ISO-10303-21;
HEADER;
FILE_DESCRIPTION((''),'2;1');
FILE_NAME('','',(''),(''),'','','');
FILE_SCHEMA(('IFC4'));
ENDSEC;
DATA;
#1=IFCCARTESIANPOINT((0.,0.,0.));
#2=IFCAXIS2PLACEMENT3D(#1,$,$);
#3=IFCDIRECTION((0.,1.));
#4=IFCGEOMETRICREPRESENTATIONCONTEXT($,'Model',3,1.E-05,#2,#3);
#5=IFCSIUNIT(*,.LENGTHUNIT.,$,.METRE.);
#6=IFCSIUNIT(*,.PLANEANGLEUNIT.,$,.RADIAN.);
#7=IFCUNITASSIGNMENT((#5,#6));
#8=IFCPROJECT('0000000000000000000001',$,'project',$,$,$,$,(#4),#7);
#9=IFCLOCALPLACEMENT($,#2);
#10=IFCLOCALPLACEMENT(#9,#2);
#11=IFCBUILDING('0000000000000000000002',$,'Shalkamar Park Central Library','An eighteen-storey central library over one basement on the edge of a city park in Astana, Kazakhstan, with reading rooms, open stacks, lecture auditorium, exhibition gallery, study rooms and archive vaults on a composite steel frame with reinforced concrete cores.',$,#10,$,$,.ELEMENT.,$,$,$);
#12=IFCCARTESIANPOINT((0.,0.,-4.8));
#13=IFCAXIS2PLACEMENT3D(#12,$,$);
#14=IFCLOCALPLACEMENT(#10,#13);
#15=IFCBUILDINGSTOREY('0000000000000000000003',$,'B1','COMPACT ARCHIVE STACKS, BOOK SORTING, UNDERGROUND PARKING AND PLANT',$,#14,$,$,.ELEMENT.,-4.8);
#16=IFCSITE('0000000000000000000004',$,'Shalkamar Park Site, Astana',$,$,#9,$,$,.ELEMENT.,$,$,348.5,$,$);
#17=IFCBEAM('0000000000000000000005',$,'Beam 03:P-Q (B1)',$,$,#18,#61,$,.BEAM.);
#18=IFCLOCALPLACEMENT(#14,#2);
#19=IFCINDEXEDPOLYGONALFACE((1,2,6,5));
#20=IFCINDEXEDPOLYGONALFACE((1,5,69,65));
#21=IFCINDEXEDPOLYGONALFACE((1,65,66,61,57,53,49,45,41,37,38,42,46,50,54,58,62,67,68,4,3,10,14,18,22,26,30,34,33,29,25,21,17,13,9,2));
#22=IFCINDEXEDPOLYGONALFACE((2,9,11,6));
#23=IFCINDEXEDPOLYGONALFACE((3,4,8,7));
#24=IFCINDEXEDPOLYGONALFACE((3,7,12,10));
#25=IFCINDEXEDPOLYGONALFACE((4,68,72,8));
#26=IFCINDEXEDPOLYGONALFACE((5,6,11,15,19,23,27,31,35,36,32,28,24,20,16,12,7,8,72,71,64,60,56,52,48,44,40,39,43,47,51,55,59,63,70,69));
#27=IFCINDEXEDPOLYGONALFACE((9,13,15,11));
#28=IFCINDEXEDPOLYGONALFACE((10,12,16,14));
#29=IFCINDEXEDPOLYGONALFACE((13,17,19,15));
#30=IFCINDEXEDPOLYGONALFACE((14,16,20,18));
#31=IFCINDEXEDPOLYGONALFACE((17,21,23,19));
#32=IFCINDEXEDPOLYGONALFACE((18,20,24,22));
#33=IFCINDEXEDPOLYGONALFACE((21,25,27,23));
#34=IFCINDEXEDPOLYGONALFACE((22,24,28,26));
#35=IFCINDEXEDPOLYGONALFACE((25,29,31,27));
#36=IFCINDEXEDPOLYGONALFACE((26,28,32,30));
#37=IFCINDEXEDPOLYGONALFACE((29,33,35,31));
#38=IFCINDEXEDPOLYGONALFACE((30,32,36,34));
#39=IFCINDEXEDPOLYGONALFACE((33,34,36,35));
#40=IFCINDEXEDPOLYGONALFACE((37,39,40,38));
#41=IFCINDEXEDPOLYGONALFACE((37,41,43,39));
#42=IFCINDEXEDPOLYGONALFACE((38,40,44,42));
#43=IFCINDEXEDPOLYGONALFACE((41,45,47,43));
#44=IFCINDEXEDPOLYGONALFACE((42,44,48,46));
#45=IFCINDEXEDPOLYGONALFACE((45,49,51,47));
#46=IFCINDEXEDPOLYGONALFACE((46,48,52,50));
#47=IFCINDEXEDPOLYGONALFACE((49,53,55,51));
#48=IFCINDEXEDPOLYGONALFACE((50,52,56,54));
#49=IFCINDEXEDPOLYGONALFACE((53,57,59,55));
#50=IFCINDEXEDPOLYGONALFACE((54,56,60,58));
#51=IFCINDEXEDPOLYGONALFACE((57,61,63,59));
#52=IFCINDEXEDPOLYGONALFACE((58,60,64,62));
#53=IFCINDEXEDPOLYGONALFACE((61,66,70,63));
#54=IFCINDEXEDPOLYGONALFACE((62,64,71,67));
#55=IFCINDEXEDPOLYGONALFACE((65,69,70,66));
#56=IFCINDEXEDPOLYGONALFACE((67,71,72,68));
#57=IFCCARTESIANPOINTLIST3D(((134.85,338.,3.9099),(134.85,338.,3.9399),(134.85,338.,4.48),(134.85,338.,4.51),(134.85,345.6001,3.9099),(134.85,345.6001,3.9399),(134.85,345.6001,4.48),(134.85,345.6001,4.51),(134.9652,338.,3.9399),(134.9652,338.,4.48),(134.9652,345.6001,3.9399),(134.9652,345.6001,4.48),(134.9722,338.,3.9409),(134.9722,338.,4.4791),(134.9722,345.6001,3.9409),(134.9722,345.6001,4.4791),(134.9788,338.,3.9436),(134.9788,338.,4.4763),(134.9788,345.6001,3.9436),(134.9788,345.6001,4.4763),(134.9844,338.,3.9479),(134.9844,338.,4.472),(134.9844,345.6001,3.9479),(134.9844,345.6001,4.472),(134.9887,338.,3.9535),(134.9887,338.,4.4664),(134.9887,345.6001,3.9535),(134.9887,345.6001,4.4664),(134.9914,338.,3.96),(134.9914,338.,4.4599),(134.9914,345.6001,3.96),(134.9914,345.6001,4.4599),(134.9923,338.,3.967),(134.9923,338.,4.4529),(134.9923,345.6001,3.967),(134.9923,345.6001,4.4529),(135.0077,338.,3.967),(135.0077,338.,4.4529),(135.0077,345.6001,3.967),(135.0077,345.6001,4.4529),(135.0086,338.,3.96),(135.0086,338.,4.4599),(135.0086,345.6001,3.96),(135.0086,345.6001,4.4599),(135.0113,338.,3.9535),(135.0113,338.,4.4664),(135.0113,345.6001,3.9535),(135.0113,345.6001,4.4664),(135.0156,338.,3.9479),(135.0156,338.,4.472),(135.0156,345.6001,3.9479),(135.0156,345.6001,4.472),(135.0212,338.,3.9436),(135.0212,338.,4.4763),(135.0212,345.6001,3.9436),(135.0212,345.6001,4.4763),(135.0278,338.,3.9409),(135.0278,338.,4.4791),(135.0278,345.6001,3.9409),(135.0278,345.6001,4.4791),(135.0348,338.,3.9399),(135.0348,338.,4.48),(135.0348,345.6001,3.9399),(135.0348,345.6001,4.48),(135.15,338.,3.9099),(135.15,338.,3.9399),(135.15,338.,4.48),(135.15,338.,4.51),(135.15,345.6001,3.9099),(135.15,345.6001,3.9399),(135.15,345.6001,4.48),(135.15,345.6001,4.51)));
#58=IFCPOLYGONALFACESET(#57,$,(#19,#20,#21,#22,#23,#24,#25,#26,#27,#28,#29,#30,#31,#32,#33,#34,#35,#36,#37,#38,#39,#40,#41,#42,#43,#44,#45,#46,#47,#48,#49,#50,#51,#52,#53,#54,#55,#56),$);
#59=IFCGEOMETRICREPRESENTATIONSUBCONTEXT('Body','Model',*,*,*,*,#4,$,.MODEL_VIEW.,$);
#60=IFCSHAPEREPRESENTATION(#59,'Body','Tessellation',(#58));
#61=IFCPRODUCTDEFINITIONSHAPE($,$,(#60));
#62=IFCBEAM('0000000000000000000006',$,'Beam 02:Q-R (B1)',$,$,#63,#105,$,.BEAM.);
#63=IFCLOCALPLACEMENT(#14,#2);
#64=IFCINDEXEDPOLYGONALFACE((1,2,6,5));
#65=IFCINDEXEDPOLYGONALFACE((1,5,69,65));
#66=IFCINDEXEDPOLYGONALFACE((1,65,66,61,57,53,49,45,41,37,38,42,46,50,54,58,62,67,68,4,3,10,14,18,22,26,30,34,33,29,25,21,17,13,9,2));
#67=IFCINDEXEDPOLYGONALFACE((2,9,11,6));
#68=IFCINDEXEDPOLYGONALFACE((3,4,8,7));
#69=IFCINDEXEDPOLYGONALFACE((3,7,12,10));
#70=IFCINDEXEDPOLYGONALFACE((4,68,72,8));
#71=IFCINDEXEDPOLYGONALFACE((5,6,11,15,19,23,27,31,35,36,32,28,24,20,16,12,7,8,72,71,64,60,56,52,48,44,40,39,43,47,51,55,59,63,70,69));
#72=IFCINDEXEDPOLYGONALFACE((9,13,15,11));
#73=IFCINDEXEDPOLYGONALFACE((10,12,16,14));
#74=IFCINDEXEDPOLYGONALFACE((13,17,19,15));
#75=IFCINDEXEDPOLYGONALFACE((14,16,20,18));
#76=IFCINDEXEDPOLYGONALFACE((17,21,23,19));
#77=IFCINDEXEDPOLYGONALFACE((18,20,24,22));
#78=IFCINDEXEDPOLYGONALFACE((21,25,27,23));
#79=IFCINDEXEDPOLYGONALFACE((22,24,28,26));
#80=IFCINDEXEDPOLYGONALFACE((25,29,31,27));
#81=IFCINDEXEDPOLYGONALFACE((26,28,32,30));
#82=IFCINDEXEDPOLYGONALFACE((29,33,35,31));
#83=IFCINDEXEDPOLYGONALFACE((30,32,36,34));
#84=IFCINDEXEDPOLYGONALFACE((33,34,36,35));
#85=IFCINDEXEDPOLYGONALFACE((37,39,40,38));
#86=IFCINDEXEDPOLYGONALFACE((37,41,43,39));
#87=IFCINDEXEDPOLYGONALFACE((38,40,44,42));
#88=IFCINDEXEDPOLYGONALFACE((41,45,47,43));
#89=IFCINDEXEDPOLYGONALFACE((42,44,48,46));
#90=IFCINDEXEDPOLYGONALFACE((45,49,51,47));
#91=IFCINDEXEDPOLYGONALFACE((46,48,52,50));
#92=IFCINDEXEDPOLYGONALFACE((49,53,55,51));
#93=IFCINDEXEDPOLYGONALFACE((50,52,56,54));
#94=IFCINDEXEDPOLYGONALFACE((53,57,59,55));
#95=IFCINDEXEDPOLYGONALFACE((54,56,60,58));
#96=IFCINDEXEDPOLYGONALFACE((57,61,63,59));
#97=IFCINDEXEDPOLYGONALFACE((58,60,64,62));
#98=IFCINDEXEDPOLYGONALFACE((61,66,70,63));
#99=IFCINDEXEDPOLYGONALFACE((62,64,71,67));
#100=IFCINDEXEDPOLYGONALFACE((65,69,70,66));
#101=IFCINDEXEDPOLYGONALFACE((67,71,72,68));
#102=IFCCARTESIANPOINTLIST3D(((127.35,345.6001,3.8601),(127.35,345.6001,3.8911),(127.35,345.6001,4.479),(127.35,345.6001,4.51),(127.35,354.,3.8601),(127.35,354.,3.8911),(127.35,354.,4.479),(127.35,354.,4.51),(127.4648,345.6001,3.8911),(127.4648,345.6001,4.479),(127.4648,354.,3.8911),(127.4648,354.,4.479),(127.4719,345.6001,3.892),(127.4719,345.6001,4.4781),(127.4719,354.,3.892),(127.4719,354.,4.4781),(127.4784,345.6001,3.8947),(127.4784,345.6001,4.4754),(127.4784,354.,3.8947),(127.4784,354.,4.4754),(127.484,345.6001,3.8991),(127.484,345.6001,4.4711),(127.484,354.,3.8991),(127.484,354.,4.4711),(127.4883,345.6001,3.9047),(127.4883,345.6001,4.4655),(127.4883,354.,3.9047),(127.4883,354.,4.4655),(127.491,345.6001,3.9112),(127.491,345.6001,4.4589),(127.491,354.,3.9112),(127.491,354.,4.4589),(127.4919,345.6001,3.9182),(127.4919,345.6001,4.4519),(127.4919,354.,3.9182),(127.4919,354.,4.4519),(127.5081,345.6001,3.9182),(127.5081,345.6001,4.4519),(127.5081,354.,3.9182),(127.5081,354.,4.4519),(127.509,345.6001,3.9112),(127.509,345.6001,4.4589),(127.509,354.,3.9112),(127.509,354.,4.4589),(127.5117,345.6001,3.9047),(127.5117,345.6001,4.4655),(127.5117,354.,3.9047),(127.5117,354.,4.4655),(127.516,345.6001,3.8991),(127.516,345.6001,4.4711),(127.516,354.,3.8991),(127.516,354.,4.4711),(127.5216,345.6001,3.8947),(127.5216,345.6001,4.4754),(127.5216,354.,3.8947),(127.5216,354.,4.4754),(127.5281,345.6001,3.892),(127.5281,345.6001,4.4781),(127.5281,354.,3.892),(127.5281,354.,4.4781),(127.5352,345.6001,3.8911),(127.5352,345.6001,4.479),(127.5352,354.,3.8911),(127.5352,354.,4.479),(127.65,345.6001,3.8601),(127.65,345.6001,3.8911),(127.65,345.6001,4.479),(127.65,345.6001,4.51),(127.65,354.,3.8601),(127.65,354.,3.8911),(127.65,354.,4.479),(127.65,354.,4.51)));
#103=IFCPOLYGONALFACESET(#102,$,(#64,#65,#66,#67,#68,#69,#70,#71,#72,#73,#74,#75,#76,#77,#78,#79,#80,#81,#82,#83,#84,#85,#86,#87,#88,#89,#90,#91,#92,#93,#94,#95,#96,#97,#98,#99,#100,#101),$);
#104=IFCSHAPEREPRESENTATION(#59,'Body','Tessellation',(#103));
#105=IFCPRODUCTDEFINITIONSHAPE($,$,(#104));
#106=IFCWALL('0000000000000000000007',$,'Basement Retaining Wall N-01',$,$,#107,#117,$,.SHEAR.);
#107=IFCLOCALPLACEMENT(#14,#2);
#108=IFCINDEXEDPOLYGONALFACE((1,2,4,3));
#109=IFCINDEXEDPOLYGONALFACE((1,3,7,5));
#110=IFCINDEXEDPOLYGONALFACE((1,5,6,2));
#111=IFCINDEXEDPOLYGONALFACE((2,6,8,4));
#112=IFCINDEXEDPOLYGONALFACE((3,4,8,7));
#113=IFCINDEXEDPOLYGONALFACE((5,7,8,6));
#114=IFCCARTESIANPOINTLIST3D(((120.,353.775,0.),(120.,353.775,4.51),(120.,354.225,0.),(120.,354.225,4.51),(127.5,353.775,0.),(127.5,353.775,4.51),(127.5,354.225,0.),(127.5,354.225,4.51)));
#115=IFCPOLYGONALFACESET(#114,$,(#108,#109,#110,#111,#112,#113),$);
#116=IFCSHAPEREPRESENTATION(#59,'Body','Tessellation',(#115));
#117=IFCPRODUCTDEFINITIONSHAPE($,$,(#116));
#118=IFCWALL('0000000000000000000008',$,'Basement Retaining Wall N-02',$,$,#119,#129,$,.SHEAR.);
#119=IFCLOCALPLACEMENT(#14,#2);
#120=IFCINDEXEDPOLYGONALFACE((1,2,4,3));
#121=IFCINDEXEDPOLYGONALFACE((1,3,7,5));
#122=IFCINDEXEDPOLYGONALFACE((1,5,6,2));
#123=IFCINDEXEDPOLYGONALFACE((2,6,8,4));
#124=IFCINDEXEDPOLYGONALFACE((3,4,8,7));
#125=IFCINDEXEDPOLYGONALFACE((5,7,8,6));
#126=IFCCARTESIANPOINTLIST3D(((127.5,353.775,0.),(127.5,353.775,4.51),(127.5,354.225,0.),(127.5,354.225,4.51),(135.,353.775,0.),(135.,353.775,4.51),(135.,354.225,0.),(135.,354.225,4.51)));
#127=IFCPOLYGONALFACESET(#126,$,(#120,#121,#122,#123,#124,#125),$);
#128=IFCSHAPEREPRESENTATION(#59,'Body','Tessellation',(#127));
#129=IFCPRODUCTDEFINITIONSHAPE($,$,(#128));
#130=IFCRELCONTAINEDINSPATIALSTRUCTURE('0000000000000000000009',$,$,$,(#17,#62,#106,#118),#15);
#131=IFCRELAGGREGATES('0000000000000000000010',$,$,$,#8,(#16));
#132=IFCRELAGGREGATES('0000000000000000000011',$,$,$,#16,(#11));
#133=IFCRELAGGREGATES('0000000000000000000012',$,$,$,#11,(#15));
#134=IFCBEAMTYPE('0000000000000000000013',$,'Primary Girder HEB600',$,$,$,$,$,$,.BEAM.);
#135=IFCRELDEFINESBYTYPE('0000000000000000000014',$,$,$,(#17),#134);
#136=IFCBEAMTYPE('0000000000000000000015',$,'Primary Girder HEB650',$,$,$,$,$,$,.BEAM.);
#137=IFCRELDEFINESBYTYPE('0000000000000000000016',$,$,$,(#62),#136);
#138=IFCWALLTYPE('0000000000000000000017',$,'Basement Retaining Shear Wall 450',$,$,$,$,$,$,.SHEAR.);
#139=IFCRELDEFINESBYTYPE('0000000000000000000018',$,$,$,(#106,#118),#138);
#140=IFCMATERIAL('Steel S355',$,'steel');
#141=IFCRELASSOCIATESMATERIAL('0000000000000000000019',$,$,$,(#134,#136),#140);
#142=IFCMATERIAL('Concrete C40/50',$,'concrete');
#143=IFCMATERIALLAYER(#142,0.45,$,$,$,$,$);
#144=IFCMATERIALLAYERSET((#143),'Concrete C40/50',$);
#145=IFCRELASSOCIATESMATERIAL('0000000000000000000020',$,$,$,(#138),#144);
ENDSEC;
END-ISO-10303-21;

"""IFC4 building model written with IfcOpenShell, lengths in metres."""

from ifc_helpers import new_model, si_unit, direction, frame, frame_2d, origin, origin_2d, place, context, subcontext, project, spatial, rectangle, i_section, extrude, material, layer, layer_set, material_profile, profile_set, type_object, element, save


model = new_model("IFC4")

# Units and contexts
model_context = context("Model", 3, precision=1e-05, world=origin(), true_north=direction((0.0, 1.0)))
body_context = subcontext(model_context, "Body", "Model", "MODEL_VIEW")
ifc_project = project(units=[si_unit("LENGTHUNIT", "METRE"), si_unit("PLANEANGLEUNIT", "RADIAN")], contexts=[model_context])

# Site, building, storey
site_placement = place(None, origin())
site = spatial("IfcSite", under=ifc_project, at=site_placement, Name="Shalkamar Park Site, Astana", CompositionType="ELEMENT", RefElevation=348.5)
building_placement = place(site_placement, origin())
building = spatial("IfcBuilding", under=site, at=building_placement, Name="Shalkamar Park Central Library", Description="An eighteen-storey central library over one basement on the edge of a city park in Astana, Kazakhstan, with reading rooms, open stacks, lecture auditorium, exhibition gallery, study rooms and archive vaults on a composite steel frame with reinforced concrete cores.", CompositionType="ELEMENT")
storey_placement = place(building_placement, frame((0.0, 0.0, -4.8)))
storey = spatial("IfcBuildingStorey", under=building, at=storey_placement, Name="B1", Description="COMPACT ARCHIVE STACKS, BOOK SORTING, UNDERGROUND PARKING AND PLANT", CompositionType="ELEMENT", Elevation=-4.8)

# Shared definitions
ifc_material_1 = material(Name="Concrete C40/50", Category="concrete")
ifc_material_2 = material(Name="Steel S355", Category="steel")

# Beams
ifc_material_profile_1 = material_profile(ifc_material_2, i_section(OverallWidth=0.3, OverallDepth=0.6001, WebThickness=0.0154, FlangeThickness=0.03, FilletRadius=0.0271, at=origin_2d()), Name="HEB 600")
ifc_profile_set_1 = profile_set([ifc_material_profile_1], Name="Steel S355")
beam_type_1 = type_object("IfcBeamType", Name="Primary Girder HEB600", PredefinedType="BEAM", material=ifc_profile_set_1)
beam_1_placement = place(storey_placement, frame((135.0, 338.0, 4.21), z_axis=(0.0, 1.0, 0.0), x_axis=(-1.0, 0.0, 0.0)))
element("IfcBeam", 1, at=beam_1_placement, inside=storey, type_object=beam_type_1, Name="Beam 03:P-Q (B1)", PredefinedType="BEAM", context=body_context, shape_type="SweptSolid", body=[
    extrude(i_section(OverallWidth=0.3, OverallDepth=0.6001, WebThickness=0.0154, FlangeThickness=0.03, FilletRadius=0.0271, at=origin_2d()), origin(), (0.0, 0.0, 1.0), 7.6001),
])
ifc_material_profile_2 = material_profile(ifc_material_2, i_section(OverallWidth=0.3, OverallDepth=0.6499, WebThickness=0.0161, FlangeThickness=0.031, FilletRadius=0.0271, at=origin_2d()), Name="HEB 650")
ifc_profile_set_2 = profile_set([ifc_material_profile_2], Name="Steel S355")
beam_type_2 = type_object("IfcBeamType", Name="Primary Girder HEB650", PredefinedType="BEAM", material=ifc_profile_set_2)
beam_2_placement = place(storey_placement, frame((127.5, 345.6001, 4.1851), z_axis=(0.0, 1.0, 0.0), x_axis=(-1.0, 0.0, 0.0)))
element("IfcBeam", 2, at=beam_2_placement, inside=storey, type_object=beam_type_2, Name="Beam 02:Q-R (B1)", PredefinedType="BEAM", context=body_context, shape_type="SweptSolid", body=[
    extrude(i_section(OverallWidth=0.3, OverallDepth=0.6499, WebThickness=0.0161, FlangeThickness=0.031, FilletRadius=0.0271, at=origin_2d()), origin(), (0.0, 0.0, 1.0), 8.3999),
])

# Walls
ifc_layer = layer(ifc_material_1, 0.45)
ifc_layer_set = layer_set([ifc_layer], Name="Concrete C40/50")
wall_type = type_object("IfcWallType", Name="Basement Retaining Shear Wall 450", PredefinedType="SHEAR", material=ifc_layer_set)
for number, where, z_axis, x_axis, name in (
    (3, (120.0, 354.0, 0.0), (0.0, 0.0, 1.0), (1.0, 0.0, 0.0), "Basement Retaining Wall N-01"),
    (4, (127.5, 354.0, 0.0), (0.0, 0.0, 1.0), (1.0, 0.0, 0.0), "Basement Retaining Wall N-02"),
):
    element("IfcWall", number, at=place(storey_placement, frame(where, z_axis=z_axis, x_axis=x_axis)), inside=storey, type_object=wall_type, Name=name, PredefinedType="SHEAR", context=body_context, shape_type="SweptSolid", body=[
        extrude(rectangle(XDim=7.5, YDim=0.45, at=frame_2d((3.75, 0.0))), origin(), (0.0, 0.0, 1.0), 4.51),
    ])

save(model, "model.ifc")
